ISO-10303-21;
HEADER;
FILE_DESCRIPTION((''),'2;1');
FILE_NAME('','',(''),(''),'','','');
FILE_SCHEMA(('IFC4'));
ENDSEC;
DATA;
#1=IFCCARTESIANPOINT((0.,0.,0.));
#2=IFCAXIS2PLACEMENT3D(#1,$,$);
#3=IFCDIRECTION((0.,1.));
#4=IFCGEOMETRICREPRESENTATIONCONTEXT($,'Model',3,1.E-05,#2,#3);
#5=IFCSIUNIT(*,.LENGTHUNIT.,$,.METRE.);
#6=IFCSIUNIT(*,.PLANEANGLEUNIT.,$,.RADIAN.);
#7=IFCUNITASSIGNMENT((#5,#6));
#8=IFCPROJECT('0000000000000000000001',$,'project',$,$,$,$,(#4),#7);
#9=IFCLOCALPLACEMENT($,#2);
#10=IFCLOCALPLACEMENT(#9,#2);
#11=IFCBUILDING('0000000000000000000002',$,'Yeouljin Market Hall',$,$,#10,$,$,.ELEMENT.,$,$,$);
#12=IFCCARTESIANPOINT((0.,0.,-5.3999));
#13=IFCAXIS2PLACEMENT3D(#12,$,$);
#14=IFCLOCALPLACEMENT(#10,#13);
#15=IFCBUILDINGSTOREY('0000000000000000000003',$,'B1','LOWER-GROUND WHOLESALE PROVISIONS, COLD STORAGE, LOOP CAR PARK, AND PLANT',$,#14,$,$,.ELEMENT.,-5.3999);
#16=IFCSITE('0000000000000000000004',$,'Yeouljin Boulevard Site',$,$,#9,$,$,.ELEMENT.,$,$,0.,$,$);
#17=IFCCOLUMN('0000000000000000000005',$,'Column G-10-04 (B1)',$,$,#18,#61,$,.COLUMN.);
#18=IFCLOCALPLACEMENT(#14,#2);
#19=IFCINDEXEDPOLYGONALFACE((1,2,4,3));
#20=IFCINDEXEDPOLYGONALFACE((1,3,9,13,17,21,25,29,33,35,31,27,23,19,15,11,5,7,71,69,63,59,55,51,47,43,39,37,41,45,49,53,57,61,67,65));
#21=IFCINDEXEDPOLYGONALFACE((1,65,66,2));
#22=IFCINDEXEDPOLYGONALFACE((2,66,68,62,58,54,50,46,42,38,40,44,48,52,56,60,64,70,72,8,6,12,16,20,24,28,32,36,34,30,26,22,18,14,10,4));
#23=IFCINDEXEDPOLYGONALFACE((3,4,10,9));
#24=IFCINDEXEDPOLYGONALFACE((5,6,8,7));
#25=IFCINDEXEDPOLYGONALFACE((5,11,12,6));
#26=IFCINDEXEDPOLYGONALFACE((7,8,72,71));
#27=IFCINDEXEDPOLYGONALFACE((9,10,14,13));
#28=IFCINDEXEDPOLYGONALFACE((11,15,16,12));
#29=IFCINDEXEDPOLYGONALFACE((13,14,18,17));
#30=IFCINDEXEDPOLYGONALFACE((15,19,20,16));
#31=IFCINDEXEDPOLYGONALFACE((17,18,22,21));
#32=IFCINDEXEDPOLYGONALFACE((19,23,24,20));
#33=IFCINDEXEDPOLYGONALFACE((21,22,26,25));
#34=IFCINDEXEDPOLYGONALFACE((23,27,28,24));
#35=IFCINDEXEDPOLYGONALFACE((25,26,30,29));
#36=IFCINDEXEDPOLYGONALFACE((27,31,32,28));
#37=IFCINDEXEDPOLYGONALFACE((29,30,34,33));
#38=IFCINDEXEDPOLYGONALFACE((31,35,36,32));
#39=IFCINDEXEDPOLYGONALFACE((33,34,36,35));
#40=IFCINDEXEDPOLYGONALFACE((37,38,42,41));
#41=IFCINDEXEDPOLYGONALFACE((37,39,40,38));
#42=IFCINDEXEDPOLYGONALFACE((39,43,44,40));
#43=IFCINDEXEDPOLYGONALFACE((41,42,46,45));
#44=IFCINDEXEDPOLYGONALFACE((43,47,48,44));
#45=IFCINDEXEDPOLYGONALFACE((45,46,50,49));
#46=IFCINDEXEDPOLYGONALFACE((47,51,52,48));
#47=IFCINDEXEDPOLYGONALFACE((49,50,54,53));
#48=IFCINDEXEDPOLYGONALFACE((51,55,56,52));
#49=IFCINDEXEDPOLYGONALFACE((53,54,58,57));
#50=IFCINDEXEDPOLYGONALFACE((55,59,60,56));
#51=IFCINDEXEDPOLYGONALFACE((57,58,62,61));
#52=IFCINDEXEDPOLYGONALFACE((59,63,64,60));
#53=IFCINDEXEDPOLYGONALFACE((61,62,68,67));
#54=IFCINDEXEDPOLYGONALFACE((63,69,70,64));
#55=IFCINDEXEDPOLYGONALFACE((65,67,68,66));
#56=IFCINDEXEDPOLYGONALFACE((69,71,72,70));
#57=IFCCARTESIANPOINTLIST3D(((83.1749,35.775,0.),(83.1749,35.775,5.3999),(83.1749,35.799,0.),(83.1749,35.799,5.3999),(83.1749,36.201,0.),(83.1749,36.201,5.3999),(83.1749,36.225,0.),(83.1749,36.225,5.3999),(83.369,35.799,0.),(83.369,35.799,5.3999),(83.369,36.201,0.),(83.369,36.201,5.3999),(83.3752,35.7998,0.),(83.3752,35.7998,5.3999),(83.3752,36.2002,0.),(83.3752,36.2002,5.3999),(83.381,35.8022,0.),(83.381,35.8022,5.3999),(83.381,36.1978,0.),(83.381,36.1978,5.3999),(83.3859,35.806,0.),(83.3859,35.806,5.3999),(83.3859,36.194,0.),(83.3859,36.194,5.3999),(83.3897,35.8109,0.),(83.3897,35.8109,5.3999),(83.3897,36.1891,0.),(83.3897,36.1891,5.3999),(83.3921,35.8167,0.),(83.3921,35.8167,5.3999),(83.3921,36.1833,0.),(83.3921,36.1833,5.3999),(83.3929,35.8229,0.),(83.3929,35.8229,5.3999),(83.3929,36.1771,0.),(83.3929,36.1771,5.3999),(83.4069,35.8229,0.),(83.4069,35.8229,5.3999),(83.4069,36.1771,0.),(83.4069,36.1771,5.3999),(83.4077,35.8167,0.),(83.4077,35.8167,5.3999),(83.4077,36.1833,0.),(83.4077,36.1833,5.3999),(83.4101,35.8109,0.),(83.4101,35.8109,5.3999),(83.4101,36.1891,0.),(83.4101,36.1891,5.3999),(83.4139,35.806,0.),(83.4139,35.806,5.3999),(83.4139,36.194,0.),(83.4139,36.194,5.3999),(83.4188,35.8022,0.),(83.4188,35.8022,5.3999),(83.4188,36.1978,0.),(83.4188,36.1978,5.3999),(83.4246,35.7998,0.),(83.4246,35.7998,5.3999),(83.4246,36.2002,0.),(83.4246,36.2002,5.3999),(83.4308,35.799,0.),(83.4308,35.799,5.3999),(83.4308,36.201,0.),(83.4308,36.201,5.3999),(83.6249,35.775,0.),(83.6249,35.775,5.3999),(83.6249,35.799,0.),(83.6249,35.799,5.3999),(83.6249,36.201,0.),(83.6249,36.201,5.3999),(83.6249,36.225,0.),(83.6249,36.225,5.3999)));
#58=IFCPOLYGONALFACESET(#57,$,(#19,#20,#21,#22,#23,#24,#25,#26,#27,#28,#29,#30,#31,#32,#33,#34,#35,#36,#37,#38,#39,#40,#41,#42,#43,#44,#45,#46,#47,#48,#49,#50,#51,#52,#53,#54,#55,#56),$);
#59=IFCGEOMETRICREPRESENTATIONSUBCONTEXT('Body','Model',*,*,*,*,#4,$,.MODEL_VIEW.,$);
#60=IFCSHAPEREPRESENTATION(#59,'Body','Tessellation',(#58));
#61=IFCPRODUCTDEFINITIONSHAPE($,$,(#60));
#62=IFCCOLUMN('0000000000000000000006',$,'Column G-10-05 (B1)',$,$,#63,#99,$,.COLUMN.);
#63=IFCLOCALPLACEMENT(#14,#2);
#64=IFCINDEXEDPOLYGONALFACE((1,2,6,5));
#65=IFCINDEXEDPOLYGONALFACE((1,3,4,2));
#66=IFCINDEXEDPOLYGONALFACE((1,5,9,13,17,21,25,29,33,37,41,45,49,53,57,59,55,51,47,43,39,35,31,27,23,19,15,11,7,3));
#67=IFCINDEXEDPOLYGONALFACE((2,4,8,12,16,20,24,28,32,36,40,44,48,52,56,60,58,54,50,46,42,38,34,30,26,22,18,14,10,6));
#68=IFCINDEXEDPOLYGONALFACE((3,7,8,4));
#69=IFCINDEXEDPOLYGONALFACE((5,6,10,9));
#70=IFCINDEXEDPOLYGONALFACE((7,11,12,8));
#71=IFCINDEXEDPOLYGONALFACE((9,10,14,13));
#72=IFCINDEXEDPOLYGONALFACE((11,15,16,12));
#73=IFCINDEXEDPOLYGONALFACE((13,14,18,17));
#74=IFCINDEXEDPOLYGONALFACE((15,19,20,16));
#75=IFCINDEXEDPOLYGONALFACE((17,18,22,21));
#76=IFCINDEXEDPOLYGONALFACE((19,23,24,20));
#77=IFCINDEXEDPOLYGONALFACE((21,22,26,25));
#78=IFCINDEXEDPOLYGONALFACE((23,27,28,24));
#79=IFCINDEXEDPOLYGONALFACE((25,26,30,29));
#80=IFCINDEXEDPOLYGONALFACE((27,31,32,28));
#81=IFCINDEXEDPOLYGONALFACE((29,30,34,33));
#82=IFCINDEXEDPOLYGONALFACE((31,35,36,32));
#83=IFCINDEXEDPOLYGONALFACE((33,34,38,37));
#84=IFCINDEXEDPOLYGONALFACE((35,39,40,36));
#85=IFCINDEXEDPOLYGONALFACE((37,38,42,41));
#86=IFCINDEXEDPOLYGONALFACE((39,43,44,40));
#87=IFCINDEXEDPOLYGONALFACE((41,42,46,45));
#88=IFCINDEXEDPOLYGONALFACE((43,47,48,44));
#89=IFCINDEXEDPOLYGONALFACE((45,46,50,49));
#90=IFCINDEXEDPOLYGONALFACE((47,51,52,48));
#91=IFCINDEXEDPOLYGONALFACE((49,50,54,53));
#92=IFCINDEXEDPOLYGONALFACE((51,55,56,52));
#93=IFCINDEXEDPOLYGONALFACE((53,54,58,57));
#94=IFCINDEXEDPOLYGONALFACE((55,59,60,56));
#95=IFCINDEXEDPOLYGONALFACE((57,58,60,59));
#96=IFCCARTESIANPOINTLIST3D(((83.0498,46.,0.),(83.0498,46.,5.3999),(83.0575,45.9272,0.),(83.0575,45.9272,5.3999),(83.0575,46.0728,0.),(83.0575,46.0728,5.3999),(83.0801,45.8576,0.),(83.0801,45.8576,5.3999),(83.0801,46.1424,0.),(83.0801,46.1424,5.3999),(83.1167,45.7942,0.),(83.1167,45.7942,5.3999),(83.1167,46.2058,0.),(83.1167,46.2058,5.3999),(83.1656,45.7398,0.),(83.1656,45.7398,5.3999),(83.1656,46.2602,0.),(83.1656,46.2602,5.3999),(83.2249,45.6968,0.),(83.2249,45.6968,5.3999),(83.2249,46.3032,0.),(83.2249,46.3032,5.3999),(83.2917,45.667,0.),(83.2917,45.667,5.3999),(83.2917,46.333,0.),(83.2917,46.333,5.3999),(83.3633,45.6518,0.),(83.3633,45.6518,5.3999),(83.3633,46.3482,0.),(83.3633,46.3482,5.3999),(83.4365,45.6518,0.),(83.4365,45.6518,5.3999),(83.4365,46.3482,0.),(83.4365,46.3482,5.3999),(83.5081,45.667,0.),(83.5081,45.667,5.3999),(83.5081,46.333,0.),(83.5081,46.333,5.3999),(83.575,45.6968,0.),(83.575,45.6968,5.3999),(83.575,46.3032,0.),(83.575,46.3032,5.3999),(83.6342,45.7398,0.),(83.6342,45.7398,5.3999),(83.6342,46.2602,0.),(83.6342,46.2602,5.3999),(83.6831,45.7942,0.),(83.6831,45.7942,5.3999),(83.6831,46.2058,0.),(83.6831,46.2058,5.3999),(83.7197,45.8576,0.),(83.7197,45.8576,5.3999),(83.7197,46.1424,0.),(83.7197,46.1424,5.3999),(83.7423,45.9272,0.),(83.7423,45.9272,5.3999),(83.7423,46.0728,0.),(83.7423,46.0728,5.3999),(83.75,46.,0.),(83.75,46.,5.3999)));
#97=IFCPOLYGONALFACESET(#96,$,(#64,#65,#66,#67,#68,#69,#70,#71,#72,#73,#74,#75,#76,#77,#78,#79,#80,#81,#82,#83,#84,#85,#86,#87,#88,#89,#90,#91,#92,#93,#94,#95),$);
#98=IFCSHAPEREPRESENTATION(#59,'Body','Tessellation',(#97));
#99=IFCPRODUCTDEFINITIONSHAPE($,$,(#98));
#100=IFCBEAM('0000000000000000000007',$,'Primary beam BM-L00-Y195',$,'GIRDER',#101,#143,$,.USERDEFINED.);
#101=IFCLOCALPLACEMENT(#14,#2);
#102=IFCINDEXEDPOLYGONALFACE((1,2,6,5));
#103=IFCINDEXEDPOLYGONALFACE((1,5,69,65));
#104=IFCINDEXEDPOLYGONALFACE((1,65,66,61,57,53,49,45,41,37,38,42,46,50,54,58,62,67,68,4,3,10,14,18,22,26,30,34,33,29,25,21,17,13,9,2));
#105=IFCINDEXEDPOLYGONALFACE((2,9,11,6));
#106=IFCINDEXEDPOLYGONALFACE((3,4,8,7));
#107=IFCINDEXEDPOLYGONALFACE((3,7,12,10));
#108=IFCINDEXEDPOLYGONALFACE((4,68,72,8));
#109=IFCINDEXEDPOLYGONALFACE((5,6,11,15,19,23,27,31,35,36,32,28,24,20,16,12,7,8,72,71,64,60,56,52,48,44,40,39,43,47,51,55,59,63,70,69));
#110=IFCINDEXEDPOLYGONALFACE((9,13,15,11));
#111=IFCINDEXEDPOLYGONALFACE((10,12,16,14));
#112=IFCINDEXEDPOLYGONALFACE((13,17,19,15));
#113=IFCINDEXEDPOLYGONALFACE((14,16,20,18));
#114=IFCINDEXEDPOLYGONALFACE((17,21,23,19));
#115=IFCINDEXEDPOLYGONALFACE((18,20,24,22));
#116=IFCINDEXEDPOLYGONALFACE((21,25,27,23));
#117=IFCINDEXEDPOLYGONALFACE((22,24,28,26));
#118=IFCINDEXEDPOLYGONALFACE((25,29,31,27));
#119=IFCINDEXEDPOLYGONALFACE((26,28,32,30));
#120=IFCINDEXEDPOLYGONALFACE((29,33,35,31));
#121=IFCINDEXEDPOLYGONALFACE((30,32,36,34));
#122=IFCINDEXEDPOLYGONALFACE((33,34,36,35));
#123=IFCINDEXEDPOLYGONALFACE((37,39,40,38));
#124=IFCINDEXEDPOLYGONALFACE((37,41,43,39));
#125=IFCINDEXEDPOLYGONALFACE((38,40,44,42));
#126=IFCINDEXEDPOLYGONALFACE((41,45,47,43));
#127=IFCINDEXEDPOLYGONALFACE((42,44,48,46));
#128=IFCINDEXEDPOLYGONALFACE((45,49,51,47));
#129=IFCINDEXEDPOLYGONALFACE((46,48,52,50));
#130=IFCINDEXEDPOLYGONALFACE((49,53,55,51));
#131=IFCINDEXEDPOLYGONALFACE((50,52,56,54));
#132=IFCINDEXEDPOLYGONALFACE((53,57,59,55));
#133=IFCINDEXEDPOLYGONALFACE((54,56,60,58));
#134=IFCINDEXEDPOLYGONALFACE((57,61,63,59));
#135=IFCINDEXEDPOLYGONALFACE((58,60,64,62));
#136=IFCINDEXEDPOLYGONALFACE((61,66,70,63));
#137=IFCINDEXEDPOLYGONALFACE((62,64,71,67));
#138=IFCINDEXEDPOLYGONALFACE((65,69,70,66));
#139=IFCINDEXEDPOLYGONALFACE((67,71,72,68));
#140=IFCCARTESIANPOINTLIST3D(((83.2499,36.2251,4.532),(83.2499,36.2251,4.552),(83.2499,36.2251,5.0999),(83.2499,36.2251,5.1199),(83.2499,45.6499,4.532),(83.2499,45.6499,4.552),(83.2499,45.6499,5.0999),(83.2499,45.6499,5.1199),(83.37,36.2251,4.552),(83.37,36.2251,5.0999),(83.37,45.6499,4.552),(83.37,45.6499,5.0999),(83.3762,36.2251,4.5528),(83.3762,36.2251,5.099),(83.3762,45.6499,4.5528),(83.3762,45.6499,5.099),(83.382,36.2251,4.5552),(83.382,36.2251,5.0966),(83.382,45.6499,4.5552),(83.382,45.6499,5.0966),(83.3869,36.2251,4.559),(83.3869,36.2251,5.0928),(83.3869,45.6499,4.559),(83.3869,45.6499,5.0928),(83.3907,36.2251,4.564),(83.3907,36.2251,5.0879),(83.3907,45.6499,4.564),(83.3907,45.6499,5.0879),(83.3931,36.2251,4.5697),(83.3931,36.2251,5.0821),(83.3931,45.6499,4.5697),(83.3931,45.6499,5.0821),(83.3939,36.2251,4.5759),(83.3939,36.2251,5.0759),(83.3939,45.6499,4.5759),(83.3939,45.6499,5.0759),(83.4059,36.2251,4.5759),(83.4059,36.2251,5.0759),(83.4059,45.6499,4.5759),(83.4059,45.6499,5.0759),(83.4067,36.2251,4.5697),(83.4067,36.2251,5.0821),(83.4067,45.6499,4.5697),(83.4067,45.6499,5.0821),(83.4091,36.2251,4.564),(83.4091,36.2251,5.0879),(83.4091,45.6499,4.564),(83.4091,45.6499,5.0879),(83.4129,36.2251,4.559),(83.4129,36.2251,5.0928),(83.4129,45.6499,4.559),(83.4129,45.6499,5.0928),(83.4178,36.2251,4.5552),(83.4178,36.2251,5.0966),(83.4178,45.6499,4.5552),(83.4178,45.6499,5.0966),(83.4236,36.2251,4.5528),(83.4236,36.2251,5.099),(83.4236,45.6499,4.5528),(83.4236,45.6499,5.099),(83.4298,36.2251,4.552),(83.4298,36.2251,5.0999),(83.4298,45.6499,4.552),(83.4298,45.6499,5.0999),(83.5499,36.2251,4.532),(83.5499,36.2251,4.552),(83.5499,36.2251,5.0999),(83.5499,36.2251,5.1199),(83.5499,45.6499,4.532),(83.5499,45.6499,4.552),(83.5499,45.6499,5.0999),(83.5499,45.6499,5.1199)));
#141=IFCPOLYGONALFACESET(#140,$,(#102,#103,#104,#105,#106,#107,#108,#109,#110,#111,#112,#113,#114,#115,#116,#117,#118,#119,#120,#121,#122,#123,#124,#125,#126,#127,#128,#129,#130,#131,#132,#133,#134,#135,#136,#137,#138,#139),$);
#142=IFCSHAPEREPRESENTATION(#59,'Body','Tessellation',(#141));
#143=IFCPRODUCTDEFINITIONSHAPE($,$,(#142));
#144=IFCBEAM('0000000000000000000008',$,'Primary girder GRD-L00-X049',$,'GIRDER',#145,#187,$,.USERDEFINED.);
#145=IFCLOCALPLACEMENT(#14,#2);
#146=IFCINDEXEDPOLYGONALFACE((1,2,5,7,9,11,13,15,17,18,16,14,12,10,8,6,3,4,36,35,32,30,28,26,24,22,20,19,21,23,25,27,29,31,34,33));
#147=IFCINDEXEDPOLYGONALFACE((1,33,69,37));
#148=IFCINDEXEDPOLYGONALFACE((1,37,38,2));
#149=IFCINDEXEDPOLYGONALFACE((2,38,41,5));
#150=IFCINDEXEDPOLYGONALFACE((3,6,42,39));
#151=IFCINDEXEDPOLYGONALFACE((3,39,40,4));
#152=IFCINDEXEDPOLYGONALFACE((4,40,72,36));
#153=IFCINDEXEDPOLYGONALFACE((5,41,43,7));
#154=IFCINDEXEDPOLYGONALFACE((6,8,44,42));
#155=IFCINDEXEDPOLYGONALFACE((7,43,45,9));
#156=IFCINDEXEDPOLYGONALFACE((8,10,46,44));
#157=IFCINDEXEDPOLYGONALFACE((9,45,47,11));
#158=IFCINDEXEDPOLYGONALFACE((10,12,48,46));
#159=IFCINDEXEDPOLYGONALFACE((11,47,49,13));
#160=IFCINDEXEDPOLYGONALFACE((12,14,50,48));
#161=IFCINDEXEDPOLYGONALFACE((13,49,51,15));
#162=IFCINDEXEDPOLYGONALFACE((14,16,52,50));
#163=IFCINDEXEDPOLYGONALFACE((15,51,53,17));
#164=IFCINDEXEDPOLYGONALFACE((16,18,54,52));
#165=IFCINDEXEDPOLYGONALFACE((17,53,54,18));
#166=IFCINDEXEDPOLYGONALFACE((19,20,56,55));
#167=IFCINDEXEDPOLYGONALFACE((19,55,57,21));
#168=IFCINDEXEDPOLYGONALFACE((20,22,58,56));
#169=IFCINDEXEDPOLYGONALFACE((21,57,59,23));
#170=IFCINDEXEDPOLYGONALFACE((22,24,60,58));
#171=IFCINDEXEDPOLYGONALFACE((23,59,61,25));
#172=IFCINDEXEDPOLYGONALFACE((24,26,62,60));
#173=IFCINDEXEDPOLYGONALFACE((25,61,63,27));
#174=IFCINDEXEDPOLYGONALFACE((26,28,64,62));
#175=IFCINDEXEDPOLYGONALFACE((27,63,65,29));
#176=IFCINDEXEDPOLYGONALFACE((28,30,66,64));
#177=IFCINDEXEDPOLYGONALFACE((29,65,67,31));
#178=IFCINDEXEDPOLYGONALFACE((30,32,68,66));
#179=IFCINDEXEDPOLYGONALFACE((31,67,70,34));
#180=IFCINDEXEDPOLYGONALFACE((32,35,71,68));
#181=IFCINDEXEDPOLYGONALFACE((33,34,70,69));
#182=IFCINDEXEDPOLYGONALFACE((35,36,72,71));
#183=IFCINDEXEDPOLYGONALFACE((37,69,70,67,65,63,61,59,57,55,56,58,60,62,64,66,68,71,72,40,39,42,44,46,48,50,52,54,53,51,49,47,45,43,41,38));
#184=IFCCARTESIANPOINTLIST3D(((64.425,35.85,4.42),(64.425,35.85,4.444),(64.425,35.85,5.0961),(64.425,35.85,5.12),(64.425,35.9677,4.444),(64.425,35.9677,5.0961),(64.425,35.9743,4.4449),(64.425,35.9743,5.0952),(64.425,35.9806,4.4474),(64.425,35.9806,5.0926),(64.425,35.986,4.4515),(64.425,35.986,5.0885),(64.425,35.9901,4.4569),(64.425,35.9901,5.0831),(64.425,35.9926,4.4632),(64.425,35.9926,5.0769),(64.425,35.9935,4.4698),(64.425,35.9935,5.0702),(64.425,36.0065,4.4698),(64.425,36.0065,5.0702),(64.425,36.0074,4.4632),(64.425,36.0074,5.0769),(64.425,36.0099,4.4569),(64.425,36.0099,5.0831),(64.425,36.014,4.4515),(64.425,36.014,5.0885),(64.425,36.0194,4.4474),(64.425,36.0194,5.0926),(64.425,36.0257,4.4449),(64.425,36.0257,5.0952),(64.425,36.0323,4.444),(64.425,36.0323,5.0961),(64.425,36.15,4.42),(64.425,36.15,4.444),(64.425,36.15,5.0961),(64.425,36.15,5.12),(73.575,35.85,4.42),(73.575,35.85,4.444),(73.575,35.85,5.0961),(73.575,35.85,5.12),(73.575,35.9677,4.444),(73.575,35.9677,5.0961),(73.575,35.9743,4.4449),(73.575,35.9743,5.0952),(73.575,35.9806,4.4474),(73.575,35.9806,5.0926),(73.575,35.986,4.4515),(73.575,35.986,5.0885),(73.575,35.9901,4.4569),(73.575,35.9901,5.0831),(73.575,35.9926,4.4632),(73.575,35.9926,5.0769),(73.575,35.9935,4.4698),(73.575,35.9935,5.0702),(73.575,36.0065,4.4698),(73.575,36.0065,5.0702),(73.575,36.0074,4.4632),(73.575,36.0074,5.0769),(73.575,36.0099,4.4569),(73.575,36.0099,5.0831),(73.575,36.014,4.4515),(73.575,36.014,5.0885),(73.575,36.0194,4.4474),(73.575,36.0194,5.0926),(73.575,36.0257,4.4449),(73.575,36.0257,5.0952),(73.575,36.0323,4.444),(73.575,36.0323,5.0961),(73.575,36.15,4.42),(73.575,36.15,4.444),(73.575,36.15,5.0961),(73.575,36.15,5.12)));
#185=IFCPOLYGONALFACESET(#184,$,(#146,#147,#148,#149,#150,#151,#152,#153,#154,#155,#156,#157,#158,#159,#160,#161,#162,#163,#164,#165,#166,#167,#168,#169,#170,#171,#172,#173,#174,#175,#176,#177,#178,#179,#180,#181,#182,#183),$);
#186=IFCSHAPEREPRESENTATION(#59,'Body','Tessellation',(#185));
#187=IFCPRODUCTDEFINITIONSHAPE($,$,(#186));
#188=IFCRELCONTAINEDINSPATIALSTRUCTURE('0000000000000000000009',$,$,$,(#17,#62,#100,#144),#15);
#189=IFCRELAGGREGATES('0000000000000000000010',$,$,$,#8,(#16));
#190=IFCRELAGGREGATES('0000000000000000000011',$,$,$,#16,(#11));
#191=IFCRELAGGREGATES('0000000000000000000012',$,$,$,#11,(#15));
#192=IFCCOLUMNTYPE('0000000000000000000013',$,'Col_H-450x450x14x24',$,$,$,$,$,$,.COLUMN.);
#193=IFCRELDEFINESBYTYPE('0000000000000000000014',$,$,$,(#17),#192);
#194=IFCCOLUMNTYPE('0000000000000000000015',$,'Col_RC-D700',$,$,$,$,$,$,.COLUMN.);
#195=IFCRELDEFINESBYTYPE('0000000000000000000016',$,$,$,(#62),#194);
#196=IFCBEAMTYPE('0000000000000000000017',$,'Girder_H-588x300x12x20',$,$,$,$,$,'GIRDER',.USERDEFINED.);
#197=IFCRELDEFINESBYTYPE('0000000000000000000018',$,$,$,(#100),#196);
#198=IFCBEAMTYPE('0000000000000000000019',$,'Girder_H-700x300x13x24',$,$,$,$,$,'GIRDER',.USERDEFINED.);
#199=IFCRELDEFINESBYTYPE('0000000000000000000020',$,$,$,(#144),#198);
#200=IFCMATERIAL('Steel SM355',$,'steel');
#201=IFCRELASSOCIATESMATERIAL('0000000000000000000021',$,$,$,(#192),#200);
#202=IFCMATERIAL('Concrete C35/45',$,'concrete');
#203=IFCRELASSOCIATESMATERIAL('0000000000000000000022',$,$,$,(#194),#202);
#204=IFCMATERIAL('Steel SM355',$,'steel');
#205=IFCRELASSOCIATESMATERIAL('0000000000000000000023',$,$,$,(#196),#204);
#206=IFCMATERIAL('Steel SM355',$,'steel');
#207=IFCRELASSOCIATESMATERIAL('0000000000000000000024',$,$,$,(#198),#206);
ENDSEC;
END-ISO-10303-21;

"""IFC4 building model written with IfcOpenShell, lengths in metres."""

from ifc_helpers import new_model, si_unit, direction, frame, origin, origin_2d, place, context, subcontext, project, spatial, circle, i_section, extrude, material, material_profile, profile_set, type_object, element, save


model = new_model("IFC4")

# Units and contexts
model_context = context("Model", 3, precision=1e-05, world=origin(), true_north=direction((0.0, 1.0)))
body_context = subcontext(model_context, "Body", "Model", "MODEL_VIEW")
ifc_project = project(units=[si_unit("LENGTHUNIT", "METRE"), si_unit("PLANEANGLEUNIT", "RADIAN")], contexts=[model_context])

# Site, building, storey
site_placement = place(None, origin())
site = spatial("IfcSite", under=ifc_project, at=site_placement, Name="Yeouljin Boulevard Site", CompositionType="ELEMENT", RefElevation=0.0)
building_placement = place(site_placement, origin())
building = spatial("IfcBuilding", under=site, at=building_placement, Name="Yeouljin Market Hall", CompositionType="ELEMENT")
storey_placement = place(building_placement, frame((0.0, 0.0, -5.3999)))
storey = spatial("IfcBuildingStorey", under=building, at=storey_placement, Name="B1", Description="LOWER-GROUND WHOLESALE PROVISIONS, COLD STORAGE, LOOP CAR PARK, AND PLANT", CompositionType="ELEMENT", Elevation=-5.3999)

# Columns
ifc_material_1 = material(Name="Steel SM355", Category="steel")
ifc_material_profile_1 = material_profile(ifc_material_1, i_section(OverallWidth=0.45, OverallDepth=0.45, WebThickness=0.0139, FlangeThickness=0.0239, FilletRadius=0.0239, at=origin_2d()), Name="H-450x450x14x24")
ifc_profile_set_1 = profile_set([ifc_material_profile_1], Name="Steel SM355")
column_type_1 = type_object("IfcColumnType", Name="Col_H-450x450x14x24", PredefinedType="COLUMN", material=ifc_profile_set_1)
for number, where, z_axis, x_axis, name in (
    (1, (83.3999, 36.0, 0.0), (0.0, 0.0, 1.0), (1.0, 0.0, 0.0), "Column G-10-04 (B1)"),
):
    element("IfcColumn", number, at=place(storey_placement, frame(where, z_axis=z_axis, x_axis=x_axis)), inside=storey, type_object=column_type_1, Name=name, PredefinedType="COLUMN", context=body_context, shape_type="SweptSolid", body=[
        extrude(i_section(OverallWidth=0.45, OverallDepth=0.45, WebThickness=0.0139, FlangeThickness=0.0239, FilletRadius=0.0239, at=origin_2d()), origin(), (0.0, 0.0, 1.0), 5.3999),
    ])
ifc_material_2 = material(Name="Concrete C35/45", Category="concrete")
ifc_material_profile_2 = material_profile(ifc_material_2, circle(Radius=0.3501, at=origin_2d()), Name="RC-D700")
ifc_profile_set_2 = profile_set([ifc_material_profile_2], Name="Concrete C35/45")
column_type_2 = type_object("IfcColumnType", Name="Col_RC-D700", PredefinedType="COLUMN", material=ifc_profile_set_2)
column_placement = place(storey_placement, frame((83.3999, 46.0, 0.0), z_axis=(0.0, 0.0, 1.0), x_axis=(1.0, 0.0, 0.0)))
element("IfcColumn", 2, at=column_placement, inside=storey, type_object=column_type_2, Name="Column G-10-05 (B1)", PredefinedType="COLUMN", context=body_context, shape_type="SweptSolid", body=[
    extrude(circle(Radius=0.3501, at=origin_2d()), origin(), (0.0, 0.0, 1.0), 5.3999),
])

# Beams
ifc_material_3 = material(Name="Steel SM355", Category="steel")
ifc_material_profile_3 = material_profile(ifc_material_3, i_section(OverallWidth=0.3, OverallDepth=0.5879, WebThickness=0.012, FlangeThickness=0.02, FilletRadius=0.0239, at=origin_2d()), Name="H-588x300x12x20")
ifc_profile_set_3 = profile_set([ifc_material_profile_3], Name="Steel SM355")
beam_type_1 = type_object("IfcBeamType", Name="Girder_H-588x300x12x20", ElementType="GIRDER", PredefinedType="USERDEFINED", material=ifc_profile_set_3)
beam_1_placement = place(storey_placement, frame((83.3999, 36.2251, 4.8259), z_axis=(0.0, 1.0, 0.0), x_axis=(-1.0, 0.0, 0.0)))
element("IfcBeam", 3, at=beam_1_placement, inside=storey, type_object=beam_type_1, Name="Primary beam BM-L00-Y195", ObjectType="GIRDER", PredefinedType="USERDEFINED", context=body_context, shape_type="SweptSolid", body=[
    extrude(i_section(OverallWidth=0.3, OverallDepth=0.5879, WebThickness=0.012, FlangeThickness=0.02, FilletRadius=0.0239, at=origin_2d()), origin(), (0.0, 0.0, 1.0), 9.4248),
])
ifc_material_4 = material(Name="Steel SM355", Category="steel")
ifc_material_profile_4 = material_profile(ifc_material_4, i_section(OverallWidth=0.3, OverallDepth=0.7, WebThickness=0.0129, FlangeThickness=0.0239, FilletRadius=0.0259, at=origin_2d()), Name="H-700x300x13x24")
ifc_profile_set_4 = profile_set([ifc_material_profile_4], Name="Steel SM355")
beam_type_2 = type_object("IfcBeamType", Name="Girder_H-700x300x13x24", ElementType="GIRDER", PredefinedType="USERDEFINED", material=ifc_profile_set_4)
beam_2_placement = place(storey_placement, frame((64.425, 36.0, 4.77), z_axis=(1.0, 0.0, 0.0), x_axis=(0.0, 1.0, 0.0)))
element("IfcBeam", 4, at=beam_2_placement, inside=storey, type_object=beam_type_2, Name="Primary girder GRD-L00-X049", ObjectType="GIRDER", PredefinedType="USERDEFINED", context=body_context, shape_type="SweptSolid", body=[
    extrude(i_section(OverallWidth=0.3, OverallDepth=0.7, WebThickness=0.0129, FlangeThickness=0.0239, FilletRadius=0.0259, at=origin_2d()), origin(), (0.0, 0.0, 1.0), 9.1499),
])

save(model, "model.ifc")
